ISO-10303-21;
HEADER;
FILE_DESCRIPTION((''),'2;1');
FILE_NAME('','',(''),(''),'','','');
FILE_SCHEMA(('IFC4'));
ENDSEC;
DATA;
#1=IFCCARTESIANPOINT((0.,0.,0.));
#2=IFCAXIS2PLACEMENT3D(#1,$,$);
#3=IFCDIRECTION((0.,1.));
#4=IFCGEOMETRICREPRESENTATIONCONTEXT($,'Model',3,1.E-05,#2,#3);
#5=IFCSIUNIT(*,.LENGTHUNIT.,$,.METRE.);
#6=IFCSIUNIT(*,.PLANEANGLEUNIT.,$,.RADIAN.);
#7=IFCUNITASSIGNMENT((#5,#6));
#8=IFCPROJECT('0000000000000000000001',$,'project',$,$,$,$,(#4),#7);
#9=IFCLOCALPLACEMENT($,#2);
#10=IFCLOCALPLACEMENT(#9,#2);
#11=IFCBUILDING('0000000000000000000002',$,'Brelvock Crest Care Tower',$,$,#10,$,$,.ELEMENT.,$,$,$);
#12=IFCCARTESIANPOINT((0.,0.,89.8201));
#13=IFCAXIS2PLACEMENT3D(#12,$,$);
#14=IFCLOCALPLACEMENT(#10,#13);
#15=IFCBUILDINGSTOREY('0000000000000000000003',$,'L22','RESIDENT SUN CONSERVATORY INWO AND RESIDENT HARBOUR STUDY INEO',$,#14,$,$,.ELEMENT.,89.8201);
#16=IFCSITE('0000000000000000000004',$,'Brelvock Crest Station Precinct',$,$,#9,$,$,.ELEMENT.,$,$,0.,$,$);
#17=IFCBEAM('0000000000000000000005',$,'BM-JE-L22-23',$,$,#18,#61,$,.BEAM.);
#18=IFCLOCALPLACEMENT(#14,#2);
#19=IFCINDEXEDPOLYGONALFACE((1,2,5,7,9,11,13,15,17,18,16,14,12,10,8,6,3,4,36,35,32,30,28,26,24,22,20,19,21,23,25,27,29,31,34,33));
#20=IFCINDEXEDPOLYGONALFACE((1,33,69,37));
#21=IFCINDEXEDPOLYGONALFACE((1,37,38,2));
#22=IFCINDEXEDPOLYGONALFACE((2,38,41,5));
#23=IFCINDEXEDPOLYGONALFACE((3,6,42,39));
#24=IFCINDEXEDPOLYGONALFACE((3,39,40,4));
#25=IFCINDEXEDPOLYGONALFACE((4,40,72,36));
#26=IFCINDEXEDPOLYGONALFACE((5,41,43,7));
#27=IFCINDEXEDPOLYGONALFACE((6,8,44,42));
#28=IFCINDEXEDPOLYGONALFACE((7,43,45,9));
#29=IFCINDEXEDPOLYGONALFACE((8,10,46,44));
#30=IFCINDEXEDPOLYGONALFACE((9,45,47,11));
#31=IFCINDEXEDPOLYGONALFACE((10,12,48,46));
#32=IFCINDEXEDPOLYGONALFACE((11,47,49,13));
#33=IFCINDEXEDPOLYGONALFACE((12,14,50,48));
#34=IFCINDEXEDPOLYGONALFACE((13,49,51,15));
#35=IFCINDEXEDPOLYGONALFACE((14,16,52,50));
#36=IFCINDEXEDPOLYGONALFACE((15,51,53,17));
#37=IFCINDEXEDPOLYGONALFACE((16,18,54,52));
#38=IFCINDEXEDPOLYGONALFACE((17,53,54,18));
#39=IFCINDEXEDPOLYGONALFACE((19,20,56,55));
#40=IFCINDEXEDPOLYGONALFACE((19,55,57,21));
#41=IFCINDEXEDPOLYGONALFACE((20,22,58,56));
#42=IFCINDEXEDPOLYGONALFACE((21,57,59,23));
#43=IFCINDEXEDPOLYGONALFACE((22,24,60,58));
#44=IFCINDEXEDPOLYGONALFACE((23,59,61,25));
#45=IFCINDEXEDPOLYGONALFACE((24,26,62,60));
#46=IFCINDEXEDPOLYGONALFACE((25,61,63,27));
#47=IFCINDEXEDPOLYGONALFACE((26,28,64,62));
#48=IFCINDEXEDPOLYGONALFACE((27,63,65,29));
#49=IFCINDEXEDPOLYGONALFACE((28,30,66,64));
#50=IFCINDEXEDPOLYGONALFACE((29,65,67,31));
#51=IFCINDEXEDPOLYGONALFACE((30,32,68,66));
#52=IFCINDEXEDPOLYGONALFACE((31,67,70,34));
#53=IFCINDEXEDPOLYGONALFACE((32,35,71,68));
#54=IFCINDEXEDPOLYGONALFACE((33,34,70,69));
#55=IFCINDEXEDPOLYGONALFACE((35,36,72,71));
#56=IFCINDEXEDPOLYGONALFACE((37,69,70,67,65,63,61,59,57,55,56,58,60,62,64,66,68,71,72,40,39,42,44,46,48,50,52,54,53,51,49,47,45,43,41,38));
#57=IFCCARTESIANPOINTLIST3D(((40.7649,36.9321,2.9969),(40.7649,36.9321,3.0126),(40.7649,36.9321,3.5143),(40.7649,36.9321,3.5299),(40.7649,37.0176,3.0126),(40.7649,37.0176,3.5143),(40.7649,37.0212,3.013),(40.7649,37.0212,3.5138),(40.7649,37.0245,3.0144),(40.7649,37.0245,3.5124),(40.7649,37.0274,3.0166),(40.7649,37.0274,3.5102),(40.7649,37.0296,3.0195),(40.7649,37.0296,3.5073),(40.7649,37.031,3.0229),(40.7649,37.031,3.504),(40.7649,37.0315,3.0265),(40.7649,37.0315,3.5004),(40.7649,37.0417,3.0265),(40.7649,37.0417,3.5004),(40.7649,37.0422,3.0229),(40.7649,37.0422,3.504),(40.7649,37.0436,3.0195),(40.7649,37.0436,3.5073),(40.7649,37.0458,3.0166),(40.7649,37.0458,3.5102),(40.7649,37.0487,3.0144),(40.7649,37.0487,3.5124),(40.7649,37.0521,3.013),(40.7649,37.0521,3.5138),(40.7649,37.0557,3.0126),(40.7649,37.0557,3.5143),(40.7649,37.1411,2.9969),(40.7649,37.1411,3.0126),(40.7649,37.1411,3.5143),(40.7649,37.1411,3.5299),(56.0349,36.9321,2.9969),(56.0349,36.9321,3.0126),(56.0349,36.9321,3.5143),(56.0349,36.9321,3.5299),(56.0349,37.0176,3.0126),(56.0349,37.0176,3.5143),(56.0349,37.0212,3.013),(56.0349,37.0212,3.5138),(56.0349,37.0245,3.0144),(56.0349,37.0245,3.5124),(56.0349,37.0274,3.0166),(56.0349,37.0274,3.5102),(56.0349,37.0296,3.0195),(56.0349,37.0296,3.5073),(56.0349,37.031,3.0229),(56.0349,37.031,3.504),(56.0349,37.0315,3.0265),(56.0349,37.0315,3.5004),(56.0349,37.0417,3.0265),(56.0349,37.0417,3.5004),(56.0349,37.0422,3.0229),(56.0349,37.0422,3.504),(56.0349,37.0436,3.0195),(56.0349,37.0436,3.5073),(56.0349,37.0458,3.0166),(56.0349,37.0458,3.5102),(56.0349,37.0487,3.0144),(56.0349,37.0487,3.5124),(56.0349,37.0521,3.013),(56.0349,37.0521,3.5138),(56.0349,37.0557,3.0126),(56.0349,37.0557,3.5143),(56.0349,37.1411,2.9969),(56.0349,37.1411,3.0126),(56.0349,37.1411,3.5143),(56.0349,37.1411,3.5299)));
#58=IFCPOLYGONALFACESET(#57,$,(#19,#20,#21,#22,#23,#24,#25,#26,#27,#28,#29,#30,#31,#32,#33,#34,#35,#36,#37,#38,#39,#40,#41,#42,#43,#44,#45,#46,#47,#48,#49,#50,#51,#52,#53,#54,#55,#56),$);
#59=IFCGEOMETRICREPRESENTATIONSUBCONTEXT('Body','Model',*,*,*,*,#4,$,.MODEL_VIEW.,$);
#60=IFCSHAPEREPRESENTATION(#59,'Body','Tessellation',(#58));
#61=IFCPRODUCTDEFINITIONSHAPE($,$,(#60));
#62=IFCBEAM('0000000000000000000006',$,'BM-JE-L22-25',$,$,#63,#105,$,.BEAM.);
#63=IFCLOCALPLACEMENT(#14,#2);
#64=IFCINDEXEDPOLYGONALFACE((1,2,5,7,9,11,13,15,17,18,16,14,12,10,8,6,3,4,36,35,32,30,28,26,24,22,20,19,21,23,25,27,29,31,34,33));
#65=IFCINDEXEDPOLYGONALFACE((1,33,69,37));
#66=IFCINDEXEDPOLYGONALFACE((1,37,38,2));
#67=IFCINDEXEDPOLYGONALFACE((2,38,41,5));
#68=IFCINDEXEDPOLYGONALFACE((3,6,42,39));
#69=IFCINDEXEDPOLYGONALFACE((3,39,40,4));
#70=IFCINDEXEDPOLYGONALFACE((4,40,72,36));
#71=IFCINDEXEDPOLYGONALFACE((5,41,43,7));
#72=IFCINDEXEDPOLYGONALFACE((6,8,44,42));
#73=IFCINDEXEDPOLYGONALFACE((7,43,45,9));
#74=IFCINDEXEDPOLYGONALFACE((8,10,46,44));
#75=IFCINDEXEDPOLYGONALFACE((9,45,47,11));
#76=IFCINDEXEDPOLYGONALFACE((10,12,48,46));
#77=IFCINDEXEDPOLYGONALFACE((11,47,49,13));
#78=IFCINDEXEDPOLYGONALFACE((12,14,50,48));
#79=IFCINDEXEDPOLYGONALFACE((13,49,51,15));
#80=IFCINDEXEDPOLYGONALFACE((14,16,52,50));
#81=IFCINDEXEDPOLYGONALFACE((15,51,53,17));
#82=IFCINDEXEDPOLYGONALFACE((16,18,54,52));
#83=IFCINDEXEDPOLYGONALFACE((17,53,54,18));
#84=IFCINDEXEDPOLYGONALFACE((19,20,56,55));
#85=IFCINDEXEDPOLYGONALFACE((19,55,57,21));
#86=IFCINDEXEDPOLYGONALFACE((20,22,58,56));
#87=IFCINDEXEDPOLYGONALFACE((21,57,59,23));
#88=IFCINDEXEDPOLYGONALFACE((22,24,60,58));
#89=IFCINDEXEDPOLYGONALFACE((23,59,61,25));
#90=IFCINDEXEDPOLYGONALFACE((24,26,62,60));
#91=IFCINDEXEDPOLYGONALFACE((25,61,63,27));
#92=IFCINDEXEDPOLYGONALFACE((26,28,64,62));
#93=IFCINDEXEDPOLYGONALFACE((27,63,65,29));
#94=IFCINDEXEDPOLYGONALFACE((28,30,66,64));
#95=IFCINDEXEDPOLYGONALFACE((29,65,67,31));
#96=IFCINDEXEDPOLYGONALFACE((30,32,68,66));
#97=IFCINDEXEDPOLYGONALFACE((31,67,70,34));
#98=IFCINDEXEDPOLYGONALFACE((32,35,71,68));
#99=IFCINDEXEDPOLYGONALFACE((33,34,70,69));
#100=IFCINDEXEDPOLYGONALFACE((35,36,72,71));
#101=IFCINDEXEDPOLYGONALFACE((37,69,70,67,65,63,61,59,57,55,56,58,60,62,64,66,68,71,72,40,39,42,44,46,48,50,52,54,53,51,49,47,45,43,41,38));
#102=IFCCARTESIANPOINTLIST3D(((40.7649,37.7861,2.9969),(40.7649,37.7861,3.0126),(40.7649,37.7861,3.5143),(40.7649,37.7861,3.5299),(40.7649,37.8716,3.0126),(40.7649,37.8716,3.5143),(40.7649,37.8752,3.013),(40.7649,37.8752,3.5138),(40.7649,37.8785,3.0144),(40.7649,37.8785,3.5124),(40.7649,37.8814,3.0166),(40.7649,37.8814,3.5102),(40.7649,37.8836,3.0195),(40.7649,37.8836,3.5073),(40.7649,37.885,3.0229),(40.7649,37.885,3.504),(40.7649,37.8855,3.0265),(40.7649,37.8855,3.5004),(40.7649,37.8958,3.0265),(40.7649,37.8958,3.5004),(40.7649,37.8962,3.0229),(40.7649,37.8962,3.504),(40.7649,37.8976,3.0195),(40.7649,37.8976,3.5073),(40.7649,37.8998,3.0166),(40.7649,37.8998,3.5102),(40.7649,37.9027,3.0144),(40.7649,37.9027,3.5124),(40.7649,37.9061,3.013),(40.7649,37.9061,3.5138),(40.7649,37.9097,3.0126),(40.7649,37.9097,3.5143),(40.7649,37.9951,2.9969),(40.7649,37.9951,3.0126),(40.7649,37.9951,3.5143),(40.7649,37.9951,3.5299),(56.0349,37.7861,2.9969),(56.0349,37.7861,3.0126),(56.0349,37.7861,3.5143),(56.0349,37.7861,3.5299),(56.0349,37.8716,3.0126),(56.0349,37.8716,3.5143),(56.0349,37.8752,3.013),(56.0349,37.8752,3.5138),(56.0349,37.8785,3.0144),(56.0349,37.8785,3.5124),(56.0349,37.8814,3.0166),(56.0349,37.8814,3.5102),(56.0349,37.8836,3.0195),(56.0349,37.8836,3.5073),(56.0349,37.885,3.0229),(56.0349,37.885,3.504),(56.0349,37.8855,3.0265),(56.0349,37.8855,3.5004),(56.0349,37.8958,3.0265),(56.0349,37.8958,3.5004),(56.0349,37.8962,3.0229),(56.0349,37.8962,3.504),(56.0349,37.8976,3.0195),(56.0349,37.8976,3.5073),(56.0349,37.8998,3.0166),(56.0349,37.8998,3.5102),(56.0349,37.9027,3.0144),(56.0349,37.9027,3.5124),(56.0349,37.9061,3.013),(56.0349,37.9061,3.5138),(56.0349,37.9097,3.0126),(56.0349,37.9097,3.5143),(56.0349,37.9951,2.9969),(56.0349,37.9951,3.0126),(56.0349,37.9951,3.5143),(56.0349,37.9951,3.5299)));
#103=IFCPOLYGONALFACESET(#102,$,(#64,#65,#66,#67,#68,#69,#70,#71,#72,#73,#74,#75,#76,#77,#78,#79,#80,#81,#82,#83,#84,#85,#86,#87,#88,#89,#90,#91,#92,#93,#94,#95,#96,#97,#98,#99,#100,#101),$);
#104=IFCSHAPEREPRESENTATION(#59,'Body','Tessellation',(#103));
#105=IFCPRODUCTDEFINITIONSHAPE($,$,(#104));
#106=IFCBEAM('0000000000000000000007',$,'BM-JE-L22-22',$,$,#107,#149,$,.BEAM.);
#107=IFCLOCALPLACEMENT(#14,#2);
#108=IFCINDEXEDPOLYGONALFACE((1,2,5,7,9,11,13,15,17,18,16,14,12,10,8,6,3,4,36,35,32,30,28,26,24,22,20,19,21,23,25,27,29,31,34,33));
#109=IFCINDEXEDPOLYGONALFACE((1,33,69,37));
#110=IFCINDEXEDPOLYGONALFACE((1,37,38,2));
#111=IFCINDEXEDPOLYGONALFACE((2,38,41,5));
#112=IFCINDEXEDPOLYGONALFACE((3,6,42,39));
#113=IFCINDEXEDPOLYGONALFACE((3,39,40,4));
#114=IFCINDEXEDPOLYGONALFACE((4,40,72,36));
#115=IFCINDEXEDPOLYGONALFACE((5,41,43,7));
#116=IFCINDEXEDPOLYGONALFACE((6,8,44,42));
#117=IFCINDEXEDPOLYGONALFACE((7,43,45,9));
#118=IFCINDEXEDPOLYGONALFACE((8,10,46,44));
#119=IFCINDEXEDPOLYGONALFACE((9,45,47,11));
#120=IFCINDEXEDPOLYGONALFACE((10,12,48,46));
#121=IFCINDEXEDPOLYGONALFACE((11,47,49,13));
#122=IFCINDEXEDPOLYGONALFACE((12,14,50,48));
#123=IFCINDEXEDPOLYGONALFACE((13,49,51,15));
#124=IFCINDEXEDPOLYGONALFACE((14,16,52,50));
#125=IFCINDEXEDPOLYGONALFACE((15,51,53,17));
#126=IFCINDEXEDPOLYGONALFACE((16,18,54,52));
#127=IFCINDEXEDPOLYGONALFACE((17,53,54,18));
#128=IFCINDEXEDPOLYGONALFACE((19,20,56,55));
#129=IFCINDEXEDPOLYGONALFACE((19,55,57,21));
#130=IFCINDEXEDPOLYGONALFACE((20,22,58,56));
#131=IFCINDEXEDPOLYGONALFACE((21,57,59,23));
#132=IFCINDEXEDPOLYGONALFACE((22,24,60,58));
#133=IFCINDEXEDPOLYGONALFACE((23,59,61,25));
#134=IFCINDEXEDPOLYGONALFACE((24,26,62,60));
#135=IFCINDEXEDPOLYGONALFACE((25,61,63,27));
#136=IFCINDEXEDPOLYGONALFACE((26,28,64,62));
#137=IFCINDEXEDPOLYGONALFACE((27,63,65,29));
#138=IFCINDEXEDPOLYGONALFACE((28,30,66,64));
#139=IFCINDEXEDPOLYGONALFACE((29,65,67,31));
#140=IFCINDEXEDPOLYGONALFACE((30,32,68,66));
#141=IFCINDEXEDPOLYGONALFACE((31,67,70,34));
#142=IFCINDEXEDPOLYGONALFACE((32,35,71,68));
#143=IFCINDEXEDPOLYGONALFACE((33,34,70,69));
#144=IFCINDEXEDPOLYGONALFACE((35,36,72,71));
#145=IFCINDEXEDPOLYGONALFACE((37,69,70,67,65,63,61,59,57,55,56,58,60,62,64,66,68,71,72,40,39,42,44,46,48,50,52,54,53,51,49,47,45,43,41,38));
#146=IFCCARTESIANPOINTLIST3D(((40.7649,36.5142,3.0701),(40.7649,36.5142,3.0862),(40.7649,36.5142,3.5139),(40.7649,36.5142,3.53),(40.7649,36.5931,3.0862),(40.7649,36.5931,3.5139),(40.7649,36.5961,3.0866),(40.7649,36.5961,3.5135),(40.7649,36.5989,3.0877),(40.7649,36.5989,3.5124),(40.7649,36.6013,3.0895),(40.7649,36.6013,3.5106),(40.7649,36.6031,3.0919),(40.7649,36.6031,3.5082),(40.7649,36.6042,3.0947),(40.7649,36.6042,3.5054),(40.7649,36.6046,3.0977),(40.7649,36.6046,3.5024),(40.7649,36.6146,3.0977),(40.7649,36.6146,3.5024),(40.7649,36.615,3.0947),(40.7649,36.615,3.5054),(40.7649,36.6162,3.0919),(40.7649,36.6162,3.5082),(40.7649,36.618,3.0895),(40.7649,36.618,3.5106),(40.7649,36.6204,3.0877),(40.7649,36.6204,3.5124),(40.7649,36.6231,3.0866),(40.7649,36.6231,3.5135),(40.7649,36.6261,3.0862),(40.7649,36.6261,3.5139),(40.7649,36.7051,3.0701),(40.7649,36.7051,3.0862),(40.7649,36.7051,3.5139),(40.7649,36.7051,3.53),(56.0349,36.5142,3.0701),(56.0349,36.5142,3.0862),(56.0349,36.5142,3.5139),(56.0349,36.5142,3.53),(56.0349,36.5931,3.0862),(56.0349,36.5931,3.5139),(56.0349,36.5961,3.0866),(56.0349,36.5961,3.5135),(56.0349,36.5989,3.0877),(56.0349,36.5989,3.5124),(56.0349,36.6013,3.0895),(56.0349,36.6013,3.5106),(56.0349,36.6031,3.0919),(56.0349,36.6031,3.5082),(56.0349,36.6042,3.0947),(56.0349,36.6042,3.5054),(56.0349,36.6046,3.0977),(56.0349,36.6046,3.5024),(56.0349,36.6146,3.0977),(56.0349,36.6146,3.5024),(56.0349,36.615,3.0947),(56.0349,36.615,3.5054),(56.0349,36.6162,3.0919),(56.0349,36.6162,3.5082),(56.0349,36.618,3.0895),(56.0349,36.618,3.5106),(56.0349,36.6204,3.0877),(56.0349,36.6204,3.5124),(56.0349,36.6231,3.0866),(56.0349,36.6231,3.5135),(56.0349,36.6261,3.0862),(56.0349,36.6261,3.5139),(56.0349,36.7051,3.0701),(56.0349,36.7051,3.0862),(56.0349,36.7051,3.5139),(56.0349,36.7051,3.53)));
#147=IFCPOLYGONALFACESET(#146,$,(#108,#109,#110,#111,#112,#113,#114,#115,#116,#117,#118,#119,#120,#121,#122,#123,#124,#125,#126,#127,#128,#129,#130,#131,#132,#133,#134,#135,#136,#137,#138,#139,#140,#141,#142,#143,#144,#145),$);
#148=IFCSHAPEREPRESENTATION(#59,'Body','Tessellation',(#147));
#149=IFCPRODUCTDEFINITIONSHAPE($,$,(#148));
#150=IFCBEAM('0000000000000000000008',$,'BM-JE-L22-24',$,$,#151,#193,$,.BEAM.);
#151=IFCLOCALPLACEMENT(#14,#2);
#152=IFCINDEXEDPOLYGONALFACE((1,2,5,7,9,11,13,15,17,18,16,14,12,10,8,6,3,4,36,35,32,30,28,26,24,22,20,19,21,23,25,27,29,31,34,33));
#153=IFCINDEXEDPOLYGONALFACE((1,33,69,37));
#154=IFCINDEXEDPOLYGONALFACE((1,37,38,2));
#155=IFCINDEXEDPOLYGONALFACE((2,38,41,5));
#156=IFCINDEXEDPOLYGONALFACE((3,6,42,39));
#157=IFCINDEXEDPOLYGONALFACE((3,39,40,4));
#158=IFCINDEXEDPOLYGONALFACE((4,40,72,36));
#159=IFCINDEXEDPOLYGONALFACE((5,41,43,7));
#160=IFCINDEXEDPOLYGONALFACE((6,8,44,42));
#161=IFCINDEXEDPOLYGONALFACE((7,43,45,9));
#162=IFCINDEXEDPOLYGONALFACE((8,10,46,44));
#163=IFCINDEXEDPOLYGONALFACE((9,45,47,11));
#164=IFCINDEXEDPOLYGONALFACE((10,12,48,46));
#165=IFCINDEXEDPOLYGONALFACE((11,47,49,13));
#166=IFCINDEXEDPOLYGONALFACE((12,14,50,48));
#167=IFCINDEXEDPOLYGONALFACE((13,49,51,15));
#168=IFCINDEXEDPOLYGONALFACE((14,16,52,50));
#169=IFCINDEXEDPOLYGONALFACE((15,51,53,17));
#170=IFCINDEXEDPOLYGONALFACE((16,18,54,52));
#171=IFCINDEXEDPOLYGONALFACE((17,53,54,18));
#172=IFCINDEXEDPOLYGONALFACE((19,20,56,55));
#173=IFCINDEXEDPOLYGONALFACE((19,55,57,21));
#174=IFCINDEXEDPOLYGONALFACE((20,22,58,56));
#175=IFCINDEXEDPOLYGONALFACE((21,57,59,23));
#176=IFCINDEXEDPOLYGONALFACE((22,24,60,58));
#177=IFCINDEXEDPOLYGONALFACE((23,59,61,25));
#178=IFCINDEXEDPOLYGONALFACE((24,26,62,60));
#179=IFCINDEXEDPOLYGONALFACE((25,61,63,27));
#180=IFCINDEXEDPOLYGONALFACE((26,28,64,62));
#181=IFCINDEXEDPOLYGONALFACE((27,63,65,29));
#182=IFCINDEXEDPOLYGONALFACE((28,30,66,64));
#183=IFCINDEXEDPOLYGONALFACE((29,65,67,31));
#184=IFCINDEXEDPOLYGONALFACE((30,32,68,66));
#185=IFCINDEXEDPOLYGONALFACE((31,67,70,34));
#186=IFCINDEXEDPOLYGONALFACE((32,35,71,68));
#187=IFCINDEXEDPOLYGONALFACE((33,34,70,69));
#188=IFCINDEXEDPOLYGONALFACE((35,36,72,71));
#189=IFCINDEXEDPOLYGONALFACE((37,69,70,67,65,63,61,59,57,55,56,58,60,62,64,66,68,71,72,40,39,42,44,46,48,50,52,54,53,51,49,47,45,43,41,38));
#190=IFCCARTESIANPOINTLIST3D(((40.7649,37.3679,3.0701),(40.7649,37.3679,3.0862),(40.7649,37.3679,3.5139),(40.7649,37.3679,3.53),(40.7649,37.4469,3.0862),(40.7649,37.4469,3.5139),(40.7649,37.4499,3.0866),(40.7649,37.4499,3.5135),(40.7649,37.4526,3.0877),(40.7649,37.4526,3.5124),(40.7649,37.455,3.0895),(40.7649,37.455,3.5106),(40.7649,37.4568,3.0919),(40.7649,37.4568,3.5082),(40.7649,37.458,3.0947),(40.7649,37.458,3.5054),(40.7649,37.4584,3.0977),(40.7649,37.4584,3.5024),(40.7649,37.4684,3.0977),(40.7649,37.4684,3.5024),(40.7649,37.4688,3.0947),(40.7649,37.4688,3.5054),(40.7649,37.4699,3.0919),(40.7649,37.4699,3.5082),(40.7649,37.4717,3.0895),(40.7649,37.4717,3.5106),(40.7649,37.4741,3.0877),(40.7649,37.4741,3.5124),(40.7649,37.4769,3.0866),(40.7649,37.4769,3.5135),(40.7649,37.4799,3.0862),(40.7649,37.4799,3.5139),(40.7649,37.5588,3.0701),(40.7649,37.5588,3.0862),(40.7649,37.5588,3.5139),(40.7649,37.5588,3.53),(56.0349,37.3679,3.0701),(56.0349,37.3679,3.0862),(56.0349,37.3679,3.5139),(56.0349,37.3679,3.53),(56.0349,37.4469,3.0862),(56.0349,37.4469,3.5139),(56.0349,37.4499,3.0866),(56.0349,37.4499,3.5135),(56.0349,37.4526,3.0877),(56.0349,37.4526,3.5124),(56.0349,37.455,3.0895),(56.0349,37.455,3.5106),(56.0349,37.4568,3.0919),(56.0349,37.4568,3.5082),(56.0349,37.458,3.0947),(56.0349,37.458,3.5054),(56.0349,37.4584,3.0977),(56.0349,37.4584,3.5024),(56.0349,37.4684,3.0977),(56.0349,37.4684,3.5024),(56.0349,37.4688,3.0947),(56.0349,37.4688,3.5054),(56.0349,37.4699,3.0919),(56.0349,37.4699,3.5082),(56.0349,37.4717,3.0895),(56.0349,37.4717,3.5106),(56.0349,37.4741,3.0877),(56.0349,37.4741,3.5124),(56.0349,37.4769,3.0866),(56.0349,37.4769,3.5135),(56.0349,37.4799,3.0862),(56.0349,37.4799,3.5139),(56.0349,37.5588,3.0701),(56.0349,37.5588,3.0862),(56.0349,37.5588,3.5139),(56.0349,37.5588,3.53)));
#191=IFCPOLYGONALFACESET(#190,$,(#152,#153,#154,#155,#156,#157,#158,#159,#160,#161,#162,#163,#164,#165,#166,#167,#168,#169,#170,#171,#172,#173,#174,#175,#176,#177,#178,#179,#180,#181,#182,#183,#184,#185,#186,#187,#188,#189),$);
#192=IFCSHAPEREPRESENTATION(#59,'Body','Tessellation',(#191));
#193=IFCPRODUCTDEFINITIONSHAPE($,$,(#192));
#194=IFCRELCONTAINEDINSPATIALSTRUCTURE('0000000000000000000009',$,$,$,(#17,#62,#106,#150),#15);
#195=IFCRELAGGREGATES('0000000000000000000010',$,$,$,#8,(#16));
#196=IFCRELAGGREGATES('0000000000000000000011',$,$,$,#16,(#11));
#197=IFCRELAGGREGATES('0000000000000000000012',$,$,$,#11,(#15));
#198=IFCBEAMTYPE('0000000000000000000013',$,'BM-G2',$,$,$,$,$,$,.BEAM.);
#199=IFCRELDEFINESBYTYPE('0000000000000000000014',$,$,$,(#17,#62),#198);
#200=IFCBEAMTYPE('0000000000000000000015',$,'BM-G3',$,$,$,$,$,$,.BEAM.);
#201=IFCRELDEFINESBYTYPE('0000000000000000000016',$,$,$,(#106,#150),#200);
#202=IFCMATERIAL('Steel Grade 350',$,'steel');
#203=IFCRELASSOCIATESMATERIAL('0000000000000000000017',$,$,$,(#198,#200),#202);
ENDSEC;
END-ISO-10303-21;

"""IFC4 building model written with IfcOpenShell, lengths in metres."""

from ifc_helpers import new_model, si_unit, direction, frame, origin, origin_2d, place, context, subcontext, project, spatial, i_section, extrude, source, transform, mapped, material, material_profile, profile_set, type_object, element, save


model = new_model("IFC4")

# Units and contexts
model_context = context("Model", 3, precision=1e-05, world=origin(), true_north=direction((0.0, 1.0)))
body_context = subcontext(model_context, "Body", "Model", "MODEL_VIEW")
ifc_project = project(units=[si_unit("LENGTHUNIT", "METRE"), si_unit("PLANEANGLEUNIT", "RADIAN")], contexts=[model_context])

# Site, building, storey
site_placement = place(None, origin())
site = spatial("IfcSite", under=ifc_project, at=site_placement, Name="Brelvock Crest Station Precinct", CompositionType="ELEMENT", RefElevation=0.0)
building_placement = place(site_placement, origin())
building = spatial("IfcBuilding", under=site, at=building_placement, Name="Brelvock Crest Care Tower", CompositionType="ELEMENT")
storey_placement = place(building_placement, frame((0.0, 0.0, 89.8201)))
storey = spatial("IfcBuildingStorey", under=building, at=storey_placement, Name="L22", Description="RESIDENT SUN CONSERVATORY INWO AND RESIDENT HARBOUR STUDY INEO", CompositionType="ELEMENT", Elevation=89.8201)

# Beams
ifc_material_1 = material(Name="Steel Grade 350", Category="steel")
ifc_material_profile_1 = material_profile(ifc_material_1, i_section(OverallWidth=0.209, OverallDepth=0.533, WebThickness=0.0103, FlangeThickness=0.0156, FilletRadius=0.0139, at=origin_2d()), Name="530UB92.4")
ifc_profile_set_1 = profile_set([ifc_material_profile_1], Name="Steel Grade 350")
beam_type_1 = type_object("IfcBeamType", Name="BM-G2", PredefinedType="BEAM", material=ifc_profile_set_1)
shared_shape_1 = source(origin(), body_context, "Body", "SweptSolid", [
    extrude(i_section(OverallWidth=0.209, OverallDepth=0.533, WebThickness=0.0103, FlangeThickness=0.0156, FilletRadius=0.0139, at=origin_2d()), origin(), (0.0, 0.0, 1.0), 15.27),
])
for number, where, z_axis, x_axis, name in (
    (1, (40.7649, 37.0366, 3.2634), (1.0, 0.0, 0.0), (0.0, 1.0, 0.0), "BM-JE-L22-23"),
    (2, (40.7649, 37.8906, 3.2634), (1.0, 0.0, 0.0), (0.0, 1.0, 0.0), "BM-JE-L22-25"),
):
    element("IfcBeam", number, at=place(storey_placement, frame(where, z_axis=z_axis, x_axis=x_axis)), inside=storey, type_object=beam_type_1, Name=name, PredefinedType="BEAM", context=body_context, shape_type="MappedRepresentation", body=[
        mapped(shared_shape_1, transform((0.0, 0.0, 0.0), x_axis=(1.0, 0.0, 0.0), y_axis=(0.0, 1.0, 0.0), z_axis=(0.0, 0.0, 1.0), scale=1.0)),
    ])
ifc_material_profile_2 = material_profile(ifc_material_1, i_section(OverallWidth=0.1909, OverallDepth=0.46, WebThickness=0.01, FlangeThickness=0.0161, FilletRadius=0.0115, at=origin_2d()), Name="460UB82.1")
ifc_profile_set_2 = profile_set([ifc_material_profile_2], Name="Steel Grade 350")
beam_type_2 = type_object("IfcBeamType", Name="BM-G3", PredefinedType="BEAM", material=ifc_profile_set_2)
shared_shape_2 = source(origin(), body_context, "Body", "SweptSolid", [
    extrude(i_section(OverallWidth=0.1909, OverallDepth=0.46, WebThickness=0.01, FlangeThickness=0.0161, FilletRadius=0.0115, at=origin_2d()), origin(), (0.0, 0.0, 1.0), 15.27),
])
for number, where, z_axis, x_axis, name in (
    (3, (40.7649, 36.6096, 3.3), (1.0, 0.0, 0.0), (0.0, 1.0, 0.0), "BM-JE-L22-22"),
    (4, (40.7649, 37.4634, 3.3), (1.0, 0.0, 0.0), (0.0, 1.0, 0.0), "BM-JE-L22-24"),
):
    element("IfcBeam", number, at=place(storey_placement, frame(where, z_axis=z_axis, x_axis=x_axis)), inside=storey, type_object=beam_type_2, Name=name, PredefinedType="BEAM", context=body_context, shape_type="MappedRepresentation", body=[
        mapped(shared_shape_2, transform((0.0, 0.0, 0.0), x_axis=(1.0, 0.0, 0.0), y_axis=(0.0, 1.0, 0.0), z_axis=(0.0, 0.0, 1.0), scale=1.0)),
    ])

save(model, "model.ifc")
